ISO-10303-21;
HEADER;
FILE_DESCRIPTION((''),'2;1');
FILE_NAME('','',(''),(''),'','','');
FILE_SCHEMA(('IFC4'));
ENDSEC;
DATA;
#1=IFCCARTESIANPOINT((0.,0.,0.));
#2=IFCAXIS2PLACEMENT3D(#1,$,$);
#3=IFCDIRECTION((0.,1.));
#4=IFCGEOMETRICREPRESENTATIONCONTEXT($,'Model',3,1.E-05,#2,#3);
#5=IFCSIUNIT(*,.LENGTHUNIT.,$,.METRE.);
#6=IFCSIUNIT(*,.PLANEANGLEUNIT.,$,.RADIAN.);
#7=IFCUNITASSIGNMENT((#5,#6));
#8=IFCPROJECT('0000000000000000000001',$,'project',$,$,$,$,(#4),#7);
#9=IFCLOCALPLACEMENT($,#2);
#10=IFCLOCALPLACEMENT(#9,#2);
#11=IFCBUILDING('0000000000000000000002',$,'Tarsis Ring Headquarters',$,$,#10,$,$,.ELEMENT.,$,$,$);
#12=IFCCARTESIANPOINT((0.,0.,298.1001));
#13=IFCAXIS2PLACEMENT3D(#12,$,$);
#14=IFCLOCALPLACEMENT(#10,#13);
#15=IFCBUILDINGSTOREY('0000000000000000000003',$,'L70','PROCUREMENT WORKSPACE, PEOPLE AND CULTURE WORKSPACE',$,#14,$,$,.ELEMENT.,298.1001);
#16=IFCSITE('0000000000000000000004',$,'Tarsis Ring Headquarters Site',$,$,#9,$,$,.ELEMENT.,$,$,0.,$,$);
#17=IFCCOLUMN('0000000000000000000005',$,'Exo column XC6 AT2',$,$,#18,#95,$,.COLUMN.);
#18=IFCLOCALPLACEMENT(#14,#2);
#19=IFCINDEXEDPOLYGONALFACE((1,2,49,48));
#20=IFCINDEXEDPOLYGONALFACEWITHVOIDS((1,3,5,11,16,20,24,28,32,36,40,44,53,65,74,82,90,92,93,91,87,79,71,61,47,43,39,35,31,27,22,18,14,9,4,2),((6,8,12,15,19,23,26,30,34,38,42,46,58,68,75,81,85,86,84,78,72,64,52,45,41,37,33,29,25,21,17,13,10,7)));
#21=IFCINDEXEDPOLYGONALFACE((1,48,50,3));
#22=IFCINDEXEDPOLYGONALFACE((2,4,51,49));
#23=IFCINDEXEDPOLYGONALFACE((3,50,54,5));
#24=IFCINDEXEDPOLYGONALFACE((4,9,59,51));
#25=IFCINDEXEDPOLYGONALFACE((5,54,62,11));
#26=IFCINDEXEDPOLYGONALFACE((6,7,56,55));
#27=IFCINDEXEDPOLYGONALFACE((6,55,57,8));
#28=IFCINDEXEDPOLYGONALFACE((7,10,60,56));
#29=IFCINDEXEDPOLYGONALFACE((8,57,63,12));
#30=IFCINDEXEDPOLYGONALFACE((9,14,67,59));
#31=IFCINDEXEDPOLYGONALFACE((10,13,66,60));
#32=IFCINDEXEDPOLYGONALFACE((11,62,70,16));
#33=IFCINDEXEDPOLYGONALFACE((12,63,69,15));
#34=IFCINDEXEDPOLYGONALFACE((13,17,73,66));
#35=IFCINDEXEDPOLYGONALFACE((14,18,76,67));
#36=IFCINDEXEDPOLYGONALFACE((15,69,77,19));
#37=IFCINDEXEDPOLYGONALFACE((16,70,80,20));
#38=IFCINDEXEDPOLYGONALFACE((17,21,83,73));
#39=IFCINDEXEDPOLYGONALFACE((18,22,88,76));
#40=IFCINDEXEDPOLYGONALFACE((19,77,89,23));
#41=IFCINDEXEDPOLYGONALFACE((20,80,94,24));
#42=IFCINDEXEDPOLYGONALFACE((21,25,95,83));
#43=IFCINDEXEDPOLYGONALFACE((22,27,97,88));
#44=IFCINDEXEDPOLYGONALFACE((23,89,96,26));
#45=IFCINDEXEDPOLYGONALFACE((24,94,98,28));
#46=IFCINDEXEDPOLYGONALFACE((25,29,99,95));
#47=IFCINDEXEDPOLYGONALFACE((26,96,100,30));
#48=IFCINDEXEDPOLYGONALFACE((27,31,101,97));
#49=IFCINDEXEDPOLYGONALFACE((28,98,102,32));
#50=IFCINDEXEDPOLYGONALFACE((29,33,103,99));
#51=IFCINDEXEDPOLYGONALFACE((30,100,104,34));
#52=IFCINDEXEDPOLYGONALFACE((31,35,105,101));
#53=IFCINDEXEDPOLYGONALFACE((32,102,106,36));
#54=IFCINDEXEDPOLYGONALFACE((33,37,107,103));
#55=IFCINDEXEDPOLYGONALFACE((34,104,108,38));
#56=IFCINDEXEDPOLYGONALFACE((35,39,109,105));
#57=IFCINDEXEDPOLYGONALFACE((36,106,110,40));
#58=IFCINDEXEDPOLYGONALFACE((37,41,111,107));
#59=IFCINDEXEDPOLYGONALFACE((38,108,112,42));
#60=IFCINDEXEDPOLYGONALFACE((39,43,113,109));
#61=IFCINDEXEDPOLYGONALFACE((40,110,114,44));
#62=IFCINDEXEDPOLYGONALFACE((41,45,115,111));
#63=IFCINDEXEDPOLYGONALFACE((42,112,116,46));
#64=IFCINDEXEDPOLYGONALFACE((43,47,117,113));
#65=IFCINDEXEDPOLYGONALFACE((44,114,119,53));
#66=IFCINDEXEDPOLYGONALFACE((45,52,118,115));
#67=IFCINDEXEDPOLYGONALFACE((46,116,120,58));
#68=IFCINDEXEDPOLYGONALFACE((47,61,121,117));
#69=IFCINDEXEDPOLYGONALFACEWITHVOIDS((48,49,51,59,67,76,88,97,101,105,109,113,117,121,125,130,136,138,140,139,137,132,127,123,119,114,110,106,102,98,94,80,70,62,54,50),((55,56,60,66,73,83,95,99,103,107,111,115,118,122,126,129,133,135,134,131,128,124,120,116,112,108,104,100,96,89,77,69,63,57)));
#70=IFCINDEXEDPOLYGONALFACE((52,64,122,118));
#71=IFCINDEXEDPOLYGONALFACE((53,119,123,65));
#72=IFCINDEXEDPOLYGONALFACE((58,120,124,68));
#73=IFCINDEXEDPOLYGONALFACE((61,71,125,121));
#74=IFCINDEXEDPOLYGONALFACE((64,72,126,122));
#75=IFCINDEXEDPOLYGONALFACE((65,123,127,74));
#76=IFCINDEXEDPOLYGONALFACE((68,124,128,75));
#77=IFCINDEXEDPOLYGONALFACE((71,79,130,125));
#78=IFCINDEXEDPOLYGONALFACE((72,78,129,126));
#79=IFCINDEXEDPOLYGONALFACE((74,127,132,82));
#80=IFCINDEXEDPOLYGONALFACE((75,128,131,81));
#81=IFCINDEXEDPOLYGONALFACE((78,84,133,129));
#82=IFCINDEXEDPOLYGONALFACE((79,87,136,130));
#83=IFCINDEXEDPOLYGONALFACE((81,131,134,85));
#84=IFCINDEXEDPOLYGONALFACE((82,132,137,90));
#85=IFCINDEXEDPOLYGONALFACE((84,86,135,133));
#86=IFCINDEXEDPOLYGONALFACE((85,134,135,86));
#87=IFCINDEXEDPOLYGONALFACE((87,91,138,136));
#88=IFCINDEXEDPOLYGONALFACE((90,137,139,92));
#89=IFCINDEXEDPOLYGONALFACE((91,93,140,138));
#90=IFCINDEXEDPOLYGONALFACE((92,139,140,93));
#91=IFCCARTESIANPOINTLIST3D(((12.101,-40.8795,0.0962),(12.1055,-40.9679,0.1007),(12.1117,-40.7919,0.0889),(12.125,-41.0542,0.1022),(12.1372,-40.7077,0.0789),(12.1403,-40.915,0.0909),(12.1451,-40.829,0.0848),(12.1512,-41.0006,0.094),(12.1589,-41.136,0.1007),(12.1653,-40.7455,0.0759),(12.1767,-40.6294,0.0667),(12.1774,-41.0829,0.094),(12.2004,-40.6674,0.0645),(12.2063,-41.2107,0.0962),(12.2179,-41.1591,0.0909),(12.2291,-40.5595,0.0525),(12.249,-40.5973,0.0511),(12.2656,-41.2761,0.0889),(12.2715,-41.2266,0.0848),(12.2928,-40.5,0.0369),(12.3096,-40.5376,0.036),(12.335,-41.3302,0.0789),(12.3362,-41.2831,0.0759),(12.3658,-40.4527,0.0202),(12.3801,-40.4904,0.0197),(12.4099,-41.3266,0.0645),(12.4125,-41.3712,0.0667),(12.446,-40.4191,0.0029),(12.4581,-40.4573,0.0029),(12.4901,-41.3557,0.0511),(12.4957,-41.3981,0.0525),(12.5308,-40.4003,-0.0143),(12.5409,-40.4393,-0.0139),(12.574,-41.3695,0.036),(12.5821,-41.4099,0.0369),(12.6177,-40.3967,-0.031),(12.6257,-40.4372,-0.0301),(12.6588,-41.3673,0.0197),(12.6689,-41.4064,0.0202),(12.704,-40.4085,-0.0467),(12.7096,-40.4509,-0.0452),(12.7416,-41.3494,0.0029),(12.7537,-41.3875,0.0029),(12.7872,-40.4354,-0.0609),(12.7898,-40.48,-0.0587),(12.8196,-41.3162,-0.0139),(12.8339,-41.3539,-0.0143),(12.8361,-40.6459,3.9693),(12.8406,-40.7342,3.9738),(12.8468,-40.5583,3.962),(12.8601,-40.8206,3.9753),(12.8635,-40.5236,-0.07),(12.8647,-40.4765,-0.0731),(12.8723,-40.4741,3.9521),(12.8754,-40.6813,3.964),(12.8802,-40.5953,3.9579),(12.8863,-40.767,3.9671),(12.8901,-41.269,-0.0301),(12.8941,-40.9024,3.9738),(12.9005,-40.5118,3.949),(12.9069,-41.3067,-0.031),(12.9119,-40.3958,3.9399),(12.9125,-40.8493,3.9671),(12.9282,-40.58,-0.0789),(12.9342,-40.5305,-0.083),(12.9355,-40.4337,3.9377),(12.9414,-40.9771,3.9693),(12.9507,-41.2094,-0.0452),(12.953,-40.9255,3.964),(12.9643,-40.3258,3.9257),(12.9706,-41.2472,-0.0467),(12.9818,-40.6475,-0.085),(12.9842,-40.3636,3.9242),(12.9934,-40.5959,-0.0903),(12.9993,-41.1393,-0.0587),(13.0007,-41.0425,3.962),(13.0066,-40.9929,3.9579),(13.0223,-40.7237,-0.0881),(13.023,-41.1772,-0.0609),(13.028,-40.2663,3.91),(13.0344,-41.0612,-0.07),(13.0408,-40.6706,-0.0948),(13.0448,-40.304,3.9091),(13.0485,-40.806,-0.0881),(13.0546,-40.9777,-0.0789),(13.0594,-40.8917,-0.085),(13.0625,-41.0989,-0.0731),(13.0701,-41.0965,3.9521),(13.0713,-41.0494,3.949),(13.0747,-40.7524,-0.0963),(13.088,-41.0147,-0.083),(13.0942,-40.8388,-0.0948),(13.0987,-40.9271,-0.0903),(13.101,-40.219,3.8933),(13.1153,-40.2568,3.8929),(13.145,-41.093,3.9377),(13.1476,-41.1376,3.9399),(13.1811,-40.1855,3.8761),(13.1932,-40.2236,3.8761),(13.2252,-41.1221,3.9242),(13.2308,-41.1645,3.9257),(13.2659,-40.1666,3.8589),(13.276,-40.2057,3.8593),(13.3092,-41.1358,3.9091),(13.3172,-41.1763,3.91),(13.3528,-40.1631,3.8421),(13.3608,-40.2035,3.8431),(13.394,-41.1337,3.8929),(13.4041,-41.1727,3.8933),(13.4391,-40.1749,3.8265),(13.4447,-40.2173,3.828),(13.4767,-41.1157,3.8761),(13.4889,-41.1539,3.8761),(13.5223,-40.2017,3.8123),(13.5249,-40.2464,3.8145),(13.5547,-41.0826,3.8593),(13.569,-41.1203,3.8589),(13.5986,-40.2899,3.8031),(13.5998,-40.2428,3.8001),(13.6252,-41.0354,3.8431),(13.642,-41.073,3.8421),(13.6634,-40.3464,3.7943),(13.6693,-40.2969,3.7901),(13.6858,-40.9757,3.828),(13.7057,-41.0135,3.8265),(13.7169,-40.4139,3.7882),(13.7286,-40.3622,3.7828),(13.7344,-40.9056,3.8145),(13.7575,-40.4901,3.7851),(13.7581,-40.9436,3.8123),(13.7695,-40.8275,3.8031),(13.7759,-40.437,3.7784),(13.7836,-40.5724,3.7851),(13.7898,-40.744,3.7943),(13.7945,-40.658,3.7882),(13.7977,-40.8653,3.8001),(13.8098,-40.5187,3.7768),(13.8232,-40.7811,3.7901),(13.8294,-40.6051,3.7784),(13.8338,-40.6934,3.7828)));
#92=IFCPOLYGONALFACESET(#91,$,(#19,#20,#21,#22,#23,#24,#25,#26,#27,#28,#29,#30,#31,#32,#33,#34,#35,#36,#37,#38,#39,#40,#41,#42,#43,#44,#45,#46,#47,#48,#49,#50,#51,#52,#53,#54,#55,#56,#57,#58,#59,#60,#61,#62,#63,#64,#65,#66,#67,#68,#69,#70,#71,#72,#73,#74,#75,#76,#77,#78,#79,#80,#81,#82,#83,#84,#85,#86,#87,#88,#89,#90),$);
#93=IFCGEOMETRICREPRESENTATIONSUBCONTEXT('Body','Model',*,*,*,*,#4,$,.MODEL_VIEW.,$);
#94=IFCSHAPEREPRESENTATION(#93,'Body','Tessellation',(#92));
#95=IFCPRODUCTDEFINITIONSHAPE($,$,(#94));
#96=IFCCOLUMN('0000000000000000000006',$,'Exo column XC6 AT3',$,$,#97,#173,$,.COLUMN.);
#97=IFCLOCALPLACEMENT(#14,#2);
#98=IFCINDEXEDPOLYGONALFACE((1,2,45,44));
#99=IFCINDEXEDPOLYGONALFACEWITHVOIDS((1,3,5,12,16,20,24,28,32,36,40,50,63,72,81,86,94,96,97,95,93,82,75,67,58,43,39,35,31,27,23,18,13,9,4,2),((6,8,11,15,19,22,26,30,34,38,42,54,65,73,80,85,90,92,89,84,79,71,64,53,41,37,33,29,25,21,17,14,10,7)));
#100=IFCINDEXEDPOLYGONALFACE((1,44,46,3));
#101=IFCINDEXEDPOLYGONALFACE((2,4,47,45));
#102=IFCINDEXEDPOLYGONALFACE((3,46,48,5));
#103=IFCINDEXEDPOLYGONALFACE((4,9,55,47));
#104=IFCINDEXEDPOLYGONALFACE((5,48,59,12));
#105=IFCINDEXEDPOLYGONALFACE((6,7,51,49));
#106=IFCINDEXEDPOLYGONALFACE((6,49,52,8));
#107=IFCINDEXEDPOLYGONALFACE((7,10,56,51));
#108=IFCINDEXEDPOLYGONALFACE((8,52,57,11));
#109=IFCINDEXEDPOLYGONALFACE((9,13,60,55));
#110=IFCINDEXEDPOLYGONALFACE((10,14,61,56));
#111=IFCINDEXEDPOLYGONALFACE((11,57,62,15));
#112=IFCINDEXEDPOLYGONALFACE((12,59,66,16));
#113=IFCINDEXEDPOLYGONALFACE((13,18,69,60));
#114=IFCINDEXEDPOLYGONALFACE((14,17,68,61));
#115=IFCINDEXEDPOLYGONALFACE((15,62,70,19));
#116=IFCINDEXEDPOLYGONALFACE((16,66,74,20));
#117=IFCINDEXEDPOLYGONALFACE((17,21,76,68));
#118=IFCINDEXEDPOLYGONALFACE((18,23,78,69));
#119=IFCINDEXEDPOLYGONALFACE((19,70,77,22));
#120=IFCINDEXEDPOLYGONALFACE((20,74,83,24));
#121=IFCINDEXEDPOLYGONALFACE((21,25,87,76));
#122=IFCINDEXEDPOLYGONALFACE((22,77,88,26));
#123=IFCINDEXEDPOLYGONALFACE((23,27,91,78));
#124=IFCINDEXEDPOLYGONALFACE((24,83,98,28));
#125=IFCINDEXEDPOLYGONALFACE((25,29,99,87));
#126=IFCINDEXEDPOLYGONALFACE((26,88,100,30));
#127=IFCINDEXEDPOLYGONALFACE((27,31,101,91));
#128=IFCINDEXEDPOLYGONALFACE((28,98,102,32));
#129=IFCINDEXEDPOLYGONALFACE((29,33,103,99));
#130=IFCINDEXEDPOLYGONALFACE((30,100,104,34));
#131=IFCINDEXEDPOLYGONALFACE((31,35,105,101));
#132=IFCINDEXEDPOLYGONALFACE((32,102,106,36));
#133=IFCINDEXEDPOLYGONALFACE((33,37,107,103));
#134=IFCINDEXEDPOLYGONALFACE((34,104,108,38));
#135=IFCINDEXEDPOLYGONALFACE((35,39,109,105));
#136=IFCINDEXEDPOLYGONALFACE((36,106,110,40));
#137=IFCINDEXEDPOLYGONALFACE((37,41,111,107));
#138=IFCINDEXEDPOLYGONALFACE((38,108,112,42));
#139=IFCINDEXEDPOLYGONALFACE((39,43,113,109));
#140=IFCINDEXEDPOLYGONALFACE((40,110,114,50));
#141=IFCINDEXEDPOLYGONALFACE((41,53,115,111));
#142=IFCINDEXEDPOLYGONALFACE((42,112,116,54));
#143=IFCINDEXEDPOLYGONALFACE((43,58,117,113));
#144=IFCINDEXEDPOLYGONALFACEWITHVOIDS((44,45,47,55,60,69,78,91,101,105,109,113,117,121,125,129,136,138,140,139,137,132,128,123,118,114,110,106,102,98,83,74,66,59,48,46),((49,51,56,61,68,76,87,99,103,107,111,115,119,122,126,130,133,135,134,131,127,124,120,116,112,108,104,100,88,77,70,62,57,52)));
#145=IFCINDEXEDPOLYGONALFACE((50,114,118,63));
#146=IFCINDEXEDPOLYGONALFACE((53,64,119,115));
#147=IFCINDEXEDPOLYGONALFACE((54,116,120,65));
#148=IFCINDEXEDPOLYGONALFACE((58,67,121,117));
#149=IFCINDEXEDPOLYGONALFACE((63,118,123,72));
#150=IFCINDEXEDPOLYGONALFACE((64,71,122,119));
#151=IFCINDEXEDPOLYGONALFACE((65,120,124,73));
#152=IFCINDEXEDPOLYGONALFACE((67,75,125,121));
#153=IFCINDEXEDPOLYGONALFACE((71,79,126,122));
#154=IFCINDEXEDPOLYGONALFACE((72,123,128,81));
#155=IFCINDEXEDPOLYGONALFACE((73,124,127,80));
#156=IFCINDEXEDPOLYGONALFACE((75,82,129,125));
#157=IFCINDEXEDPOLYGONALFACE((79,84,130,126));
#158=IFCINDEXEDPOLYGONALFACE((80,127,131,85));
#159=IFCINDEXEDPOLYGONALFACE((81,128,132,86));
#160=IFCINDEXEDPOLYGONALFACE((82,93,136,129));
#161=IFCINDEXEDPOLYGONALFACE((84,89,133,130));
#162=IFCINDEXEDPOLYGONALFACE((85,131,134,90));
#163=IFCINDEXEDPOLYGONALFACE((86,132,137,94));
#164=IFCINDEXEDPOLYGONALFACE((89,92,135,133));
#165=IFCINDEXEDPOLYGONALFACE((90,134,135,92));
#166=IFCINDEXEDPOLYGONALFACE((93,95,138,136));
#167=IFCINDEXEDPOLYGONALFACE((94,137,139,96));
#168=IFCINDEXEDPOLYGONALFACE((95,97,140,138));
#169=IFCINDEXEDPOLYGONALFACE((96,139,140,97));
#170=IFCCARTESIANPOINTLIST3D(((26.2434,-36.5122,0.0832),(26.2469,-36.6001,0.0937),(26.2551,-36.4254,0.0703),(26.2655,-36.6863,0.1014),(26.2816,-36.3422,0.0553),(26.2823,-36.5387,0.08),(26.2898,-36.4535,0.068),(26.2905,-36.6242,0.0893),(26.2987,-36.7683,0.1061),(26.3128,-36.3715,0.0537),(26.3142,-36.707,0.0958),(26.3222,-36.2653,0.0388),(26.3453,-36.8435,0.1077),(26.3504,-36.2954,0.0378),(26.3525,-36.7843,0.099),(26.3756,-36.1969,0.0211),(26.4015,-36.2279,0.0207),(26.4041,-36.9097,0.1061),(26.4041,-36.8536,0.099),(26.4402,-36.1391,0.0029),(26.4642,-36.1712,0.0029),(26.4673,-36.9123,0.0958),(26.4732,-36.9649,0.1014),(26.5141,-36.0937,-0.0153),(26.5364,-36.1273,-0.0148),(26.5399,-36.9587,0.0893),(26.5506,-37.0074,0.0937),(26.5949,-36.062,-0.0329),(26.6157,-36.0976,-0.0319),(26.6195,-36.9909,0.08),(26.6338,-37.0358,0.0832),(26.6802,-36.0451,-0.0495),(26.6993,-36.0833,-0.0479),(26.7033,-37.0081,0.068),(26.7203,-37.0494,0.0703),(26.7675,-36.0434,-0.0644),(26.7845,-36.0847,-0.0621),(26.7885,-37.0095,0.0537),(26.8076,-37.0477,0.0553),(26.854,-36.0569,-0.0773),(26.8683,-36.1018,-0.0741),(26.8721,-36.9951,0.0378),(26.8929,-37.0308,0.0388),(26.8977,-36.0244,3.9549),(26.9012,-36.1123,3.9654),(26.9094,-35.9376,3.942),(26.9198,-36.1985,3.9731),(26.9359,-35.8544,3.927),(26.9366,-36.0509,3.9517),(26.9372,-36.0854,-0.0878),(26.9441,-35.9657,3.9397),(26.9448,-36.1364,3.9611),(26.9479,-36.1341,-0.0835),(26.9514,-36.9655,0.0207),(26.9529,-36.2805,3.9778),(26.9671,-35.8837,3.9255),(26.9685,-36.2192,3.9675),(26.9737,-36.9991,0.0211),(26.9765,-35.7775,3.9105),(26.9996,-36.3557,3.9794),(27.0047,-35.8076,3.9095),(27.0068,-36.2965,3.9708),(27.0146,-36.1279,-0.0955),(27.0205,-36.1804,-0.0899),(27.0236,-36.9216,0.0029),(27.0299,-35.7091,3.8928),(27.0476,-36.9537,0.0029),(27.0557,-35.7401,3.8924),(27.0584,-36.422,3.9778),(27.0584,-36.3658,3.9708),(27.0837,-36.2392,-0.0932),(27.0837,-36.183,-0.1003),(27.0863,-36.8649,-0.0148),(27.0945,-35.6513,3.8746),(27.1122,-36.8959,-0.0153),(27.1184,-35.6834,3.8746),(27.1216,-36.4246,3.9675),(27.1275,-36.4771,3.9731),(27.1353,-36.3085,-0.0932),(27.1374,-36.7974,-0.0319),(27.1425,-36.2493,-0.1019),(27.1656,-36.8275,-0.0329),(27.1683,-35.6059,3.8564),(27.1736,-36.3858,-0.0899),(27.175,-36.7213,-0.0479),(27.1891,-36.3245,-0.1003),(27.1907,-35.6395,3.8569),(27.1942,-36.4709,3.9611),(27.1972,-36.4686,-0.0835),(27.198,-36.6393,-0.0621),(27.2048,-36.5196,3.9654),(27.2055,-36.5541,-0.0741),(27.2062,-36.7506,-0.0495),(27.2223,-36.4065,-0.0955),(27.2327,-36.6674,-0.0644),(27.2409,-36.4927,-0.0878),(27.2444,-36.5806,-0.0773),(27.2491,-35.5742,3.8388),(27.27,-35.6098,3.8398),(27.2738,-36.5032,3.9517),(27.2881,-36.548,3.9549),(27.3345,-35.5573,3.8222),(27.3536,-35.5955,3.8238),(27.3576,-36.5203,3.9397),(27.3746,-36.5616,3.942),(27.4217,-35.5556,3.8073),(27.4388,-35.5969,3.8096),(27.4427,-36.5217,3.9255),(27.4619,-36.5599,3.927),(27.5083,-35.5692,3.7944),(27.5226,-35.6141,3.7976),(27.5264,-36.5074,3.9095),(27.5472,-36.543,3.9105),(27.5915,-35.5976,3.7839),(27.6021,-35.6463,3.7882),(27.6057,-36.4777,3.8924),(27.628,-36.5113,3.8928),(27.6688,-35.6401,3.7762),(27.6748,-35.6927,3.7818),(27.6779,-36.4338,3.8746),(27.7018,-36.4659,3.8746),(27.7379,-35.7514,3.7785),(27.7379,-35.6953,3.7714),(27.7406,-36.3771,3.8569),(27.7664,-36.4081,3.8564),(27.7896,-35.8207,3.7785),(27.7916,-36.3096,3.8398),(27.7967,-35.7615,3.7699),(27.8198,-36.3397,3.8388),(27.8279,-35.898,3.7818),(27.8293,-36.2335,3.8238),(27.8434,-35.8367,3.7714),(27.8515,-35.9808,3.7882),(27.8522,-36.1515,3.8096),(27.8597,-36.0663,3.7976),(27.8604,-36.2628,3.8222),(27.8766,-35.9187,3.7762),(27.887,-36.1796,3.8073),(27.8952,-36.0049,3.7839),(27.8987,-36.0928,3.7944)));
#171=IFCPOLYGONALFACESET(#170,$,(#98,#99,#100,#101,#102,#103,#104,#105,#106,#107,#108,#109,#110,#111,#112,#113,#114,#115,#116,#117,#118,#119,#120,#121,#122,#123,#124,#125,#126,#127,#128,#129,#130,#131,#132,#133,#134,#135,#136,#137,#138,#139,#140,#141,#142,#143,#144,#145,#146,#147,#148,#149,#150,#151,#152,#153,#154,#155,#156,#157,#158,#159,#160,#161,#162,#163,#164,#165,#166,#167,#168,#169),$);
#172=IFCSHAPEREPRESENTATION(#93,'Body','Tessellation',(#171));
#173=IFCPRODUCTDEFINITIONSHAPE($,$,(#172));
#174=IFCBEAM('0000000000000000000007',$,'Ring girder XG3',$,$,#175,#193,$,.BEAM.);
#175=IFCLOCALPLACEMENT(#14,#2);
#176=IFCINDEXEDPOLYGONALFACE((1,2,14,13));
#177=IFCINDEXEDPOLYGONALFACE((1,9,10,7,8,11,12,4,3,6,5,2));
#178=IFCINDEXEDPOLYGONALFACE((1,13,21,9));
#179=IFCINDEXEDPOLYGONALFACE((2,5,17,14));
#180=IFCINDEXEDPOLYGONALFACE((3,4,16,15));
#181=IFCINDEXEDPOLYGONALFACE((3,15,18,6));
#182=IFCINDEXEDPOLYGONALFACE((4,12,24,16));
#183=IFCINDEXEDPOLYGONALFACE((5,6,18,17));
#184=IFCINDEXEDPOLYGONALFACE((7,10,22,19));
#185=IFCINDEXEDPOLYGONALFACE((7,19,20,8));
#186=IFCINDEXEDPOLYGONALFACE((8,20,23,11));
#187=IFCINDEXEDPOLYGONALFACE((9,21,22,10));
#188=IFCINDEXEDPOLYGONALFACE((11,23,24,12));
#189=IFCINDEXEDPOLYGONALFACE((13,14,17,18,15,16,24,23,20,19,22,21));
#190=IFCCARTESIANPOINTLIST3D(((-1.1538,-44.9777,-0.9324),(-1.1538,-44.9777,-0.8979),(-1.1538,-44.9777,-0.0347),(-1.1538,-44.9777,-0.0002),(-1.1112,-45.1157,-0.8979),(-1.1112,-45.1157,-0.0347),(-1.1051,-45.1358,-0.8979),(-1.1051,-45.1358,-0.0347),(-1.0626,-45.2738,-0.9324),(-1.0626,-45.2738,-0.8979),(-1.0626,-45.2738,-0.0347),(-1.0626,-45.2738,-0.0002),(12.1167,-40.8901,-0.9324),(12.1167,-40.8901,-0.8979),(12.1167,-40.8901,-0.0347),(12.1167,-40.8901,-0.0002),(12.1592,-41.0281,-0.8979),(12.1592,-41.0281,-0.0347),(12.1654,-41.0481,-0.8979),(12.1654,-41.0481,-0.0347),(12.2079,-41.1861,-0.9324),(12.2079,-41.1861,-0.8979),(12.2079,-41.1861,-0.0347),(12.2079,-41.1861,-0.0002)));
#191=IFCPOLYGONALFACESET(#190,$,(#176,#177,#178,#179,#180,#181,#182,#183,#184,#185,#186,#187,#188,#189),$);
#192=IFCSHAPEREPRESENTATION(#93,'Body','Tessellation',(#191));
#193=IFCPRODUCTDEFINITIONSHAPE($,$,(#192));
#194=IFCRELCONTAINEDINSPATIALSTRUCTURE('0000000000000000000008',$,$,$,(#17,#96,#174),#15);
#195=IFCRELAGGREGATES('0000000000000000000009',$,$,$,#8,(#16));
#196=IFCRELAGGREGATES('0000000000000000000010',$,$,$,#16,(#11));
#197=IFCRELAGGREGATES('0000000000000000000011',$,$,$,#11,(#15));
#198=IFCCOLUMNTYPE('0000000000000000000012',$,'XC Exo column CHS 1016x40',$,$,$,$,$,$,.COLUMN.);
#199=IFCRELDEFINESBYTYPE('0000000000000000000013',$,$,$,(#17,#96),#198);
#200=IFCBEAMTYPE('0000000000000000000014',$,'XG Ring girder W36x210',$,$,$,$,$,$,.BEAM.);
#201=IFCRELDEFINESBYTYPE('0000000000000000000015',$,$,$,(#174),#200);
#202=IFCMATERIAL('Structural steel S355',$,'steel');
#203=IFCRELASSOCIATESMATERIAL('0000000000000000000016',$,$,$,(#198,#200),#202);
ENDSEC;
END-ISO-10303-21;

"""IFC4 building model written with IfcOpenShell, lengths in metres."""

from ifc_helpers import new_model, si_unit, direction, frame, origin, origin_2d, place, context, subcontext, project, spatial, hollow_circle, i_section, extrude, material, material_profile, profile_set, type_object, element, save


model = new_model("IFC4")

# Units and contexts
model_context = context("Model", 3, precision=1e-05, world=origin(), true_north=direction((0.0, 1.0)))
body_context = subcontext(model_context, "Body", "Model", "MODEL_VIEW")
ifc_project = project(units=[si_unit("LENGTHUNIT", "METRE"), si_unit("PLANEANGLEUNIT", "RADIAN")], contexts=[model_context])

# Site, building, storey
site_placement = place(None, origin())
site = spatial("IfcSite", under=ifc_project, at=site_placement, Name="Tarsis Ring Headquarters Site", CompositionType="ELEMENT", RefElevation=0.0)
building_placement = place(site_placement, origin())
building = spatial("IfcBuilding", under=site, at=building_placement, Name="Tarsis Ring Headquarters", CompositionType="ELEMENT")
storey_placement = place(building_placement, frame((0.0, 0.0, 298.1001)))
storey = spatial("IfcBuildingStorey", under=building, at=storey_placement, Name="L70", Description="PROCUREMENT WORKSPACE, PEOPLE AND CULTURE WORKSPACE", CompositionType="ELEMENT", Elevation=298.1001)

# Columns
ifc_material_1 = material(Name="Structural steel S355", Category="steel")
ifc_material_profile_1 = material_profile(ifc_material_1, hollow_circle(Radius=0.5081, WallThickness=0.04, at=origin_2d()), Name="CHS 1016x40")
ifc_profile_set_1 = profile_set([ifc_material_profile_1], Name="Structural steel S355")
column_type = type_object("IfcColumnType", Name="XC Exo column CHS 1016x40", PredefinedType="COLUMN", material=ifc_profile_set_1)
column_1_placement = place(storey_placement, frame((12.5999, -40.9033, 0.0029), z_axis=(0.186145, 0.059163, 0.980739), x_axis=(-0.302903, 0.953021, 0.0)))
element("IfcColumn", 1, at=column_1_placement, inside=storey, type_object=column_type, Name="Exo column XC6 AT2", PredefinedType="COLUMN", context=body_context, shape_type="SweptSolid", body=[
    extrude(hollow_circle(Radius=0.5081, WallThickness=0.04, at=origin_2d()), origin(), (0.0, 0.0, 1.0), 3.9492),
])
column_2_placement = place(storey_placement, frame((26.7439, -36.5464, 0.0029), z_axis=(0.165356, 0.123276, 0.978499), x_axis=(-0.5977, 0.80172, 0.0)))
element("IfcColumn", 2, at=column_2_placement, inside=storey, type_object=column_type, Name="Exo column XC6 AT3", PredefinedType="COLUMN", context=body_context, shape_type="SweptSolid", body=[
    extrude(hollow_circle(Radius=0.5081, WallThickness=0.04, at=origin_2d()), origin(), (0.0, 0.0, 1.0), 3.9568),
])

# Beam
ifc_material_profile_2 = material_profile(ifc_material_1, i_section(OverallWidth=0.3098, OverallDepth=0.9321, WebThickness=0.021, FlangeThickness=0.0344, at=origin_2d()), Name="W36x210")
ifc_profile_set_2 = profile_set([ifc_material_profile_2], Name="Structural steel S355")
beam_type = type_object("IfcBeamType", Name="XG Ring girder W36x210", PredefinedType="BEAM", material=ifc_profile_set_2)
beam_1_placement = place(storey_placement, frame((-1.1082, -45.1257, -0.4663), z_axis=(0.95569, 0.294376, 0.0), x_axis=(-0.294376, 0.95569, 0.0)))
element("IfcBeam", 3, at=beam_1_placement, inside=storey, type_object=beam_type, Name="Ring girder XG3", PredefinedType="BEAM", context=body_context, shape_type="SweptSolid", body=[
    extrude(i_section(OverallWidth=0.3098, OverallDepth=0.9321, WebThickness=0.021, FlangeThickness=0.0344, at=origin_2d()), origin(), (0.0, 0.0, 1.0), 13.8857),
])

save(model, "model.ifc")
